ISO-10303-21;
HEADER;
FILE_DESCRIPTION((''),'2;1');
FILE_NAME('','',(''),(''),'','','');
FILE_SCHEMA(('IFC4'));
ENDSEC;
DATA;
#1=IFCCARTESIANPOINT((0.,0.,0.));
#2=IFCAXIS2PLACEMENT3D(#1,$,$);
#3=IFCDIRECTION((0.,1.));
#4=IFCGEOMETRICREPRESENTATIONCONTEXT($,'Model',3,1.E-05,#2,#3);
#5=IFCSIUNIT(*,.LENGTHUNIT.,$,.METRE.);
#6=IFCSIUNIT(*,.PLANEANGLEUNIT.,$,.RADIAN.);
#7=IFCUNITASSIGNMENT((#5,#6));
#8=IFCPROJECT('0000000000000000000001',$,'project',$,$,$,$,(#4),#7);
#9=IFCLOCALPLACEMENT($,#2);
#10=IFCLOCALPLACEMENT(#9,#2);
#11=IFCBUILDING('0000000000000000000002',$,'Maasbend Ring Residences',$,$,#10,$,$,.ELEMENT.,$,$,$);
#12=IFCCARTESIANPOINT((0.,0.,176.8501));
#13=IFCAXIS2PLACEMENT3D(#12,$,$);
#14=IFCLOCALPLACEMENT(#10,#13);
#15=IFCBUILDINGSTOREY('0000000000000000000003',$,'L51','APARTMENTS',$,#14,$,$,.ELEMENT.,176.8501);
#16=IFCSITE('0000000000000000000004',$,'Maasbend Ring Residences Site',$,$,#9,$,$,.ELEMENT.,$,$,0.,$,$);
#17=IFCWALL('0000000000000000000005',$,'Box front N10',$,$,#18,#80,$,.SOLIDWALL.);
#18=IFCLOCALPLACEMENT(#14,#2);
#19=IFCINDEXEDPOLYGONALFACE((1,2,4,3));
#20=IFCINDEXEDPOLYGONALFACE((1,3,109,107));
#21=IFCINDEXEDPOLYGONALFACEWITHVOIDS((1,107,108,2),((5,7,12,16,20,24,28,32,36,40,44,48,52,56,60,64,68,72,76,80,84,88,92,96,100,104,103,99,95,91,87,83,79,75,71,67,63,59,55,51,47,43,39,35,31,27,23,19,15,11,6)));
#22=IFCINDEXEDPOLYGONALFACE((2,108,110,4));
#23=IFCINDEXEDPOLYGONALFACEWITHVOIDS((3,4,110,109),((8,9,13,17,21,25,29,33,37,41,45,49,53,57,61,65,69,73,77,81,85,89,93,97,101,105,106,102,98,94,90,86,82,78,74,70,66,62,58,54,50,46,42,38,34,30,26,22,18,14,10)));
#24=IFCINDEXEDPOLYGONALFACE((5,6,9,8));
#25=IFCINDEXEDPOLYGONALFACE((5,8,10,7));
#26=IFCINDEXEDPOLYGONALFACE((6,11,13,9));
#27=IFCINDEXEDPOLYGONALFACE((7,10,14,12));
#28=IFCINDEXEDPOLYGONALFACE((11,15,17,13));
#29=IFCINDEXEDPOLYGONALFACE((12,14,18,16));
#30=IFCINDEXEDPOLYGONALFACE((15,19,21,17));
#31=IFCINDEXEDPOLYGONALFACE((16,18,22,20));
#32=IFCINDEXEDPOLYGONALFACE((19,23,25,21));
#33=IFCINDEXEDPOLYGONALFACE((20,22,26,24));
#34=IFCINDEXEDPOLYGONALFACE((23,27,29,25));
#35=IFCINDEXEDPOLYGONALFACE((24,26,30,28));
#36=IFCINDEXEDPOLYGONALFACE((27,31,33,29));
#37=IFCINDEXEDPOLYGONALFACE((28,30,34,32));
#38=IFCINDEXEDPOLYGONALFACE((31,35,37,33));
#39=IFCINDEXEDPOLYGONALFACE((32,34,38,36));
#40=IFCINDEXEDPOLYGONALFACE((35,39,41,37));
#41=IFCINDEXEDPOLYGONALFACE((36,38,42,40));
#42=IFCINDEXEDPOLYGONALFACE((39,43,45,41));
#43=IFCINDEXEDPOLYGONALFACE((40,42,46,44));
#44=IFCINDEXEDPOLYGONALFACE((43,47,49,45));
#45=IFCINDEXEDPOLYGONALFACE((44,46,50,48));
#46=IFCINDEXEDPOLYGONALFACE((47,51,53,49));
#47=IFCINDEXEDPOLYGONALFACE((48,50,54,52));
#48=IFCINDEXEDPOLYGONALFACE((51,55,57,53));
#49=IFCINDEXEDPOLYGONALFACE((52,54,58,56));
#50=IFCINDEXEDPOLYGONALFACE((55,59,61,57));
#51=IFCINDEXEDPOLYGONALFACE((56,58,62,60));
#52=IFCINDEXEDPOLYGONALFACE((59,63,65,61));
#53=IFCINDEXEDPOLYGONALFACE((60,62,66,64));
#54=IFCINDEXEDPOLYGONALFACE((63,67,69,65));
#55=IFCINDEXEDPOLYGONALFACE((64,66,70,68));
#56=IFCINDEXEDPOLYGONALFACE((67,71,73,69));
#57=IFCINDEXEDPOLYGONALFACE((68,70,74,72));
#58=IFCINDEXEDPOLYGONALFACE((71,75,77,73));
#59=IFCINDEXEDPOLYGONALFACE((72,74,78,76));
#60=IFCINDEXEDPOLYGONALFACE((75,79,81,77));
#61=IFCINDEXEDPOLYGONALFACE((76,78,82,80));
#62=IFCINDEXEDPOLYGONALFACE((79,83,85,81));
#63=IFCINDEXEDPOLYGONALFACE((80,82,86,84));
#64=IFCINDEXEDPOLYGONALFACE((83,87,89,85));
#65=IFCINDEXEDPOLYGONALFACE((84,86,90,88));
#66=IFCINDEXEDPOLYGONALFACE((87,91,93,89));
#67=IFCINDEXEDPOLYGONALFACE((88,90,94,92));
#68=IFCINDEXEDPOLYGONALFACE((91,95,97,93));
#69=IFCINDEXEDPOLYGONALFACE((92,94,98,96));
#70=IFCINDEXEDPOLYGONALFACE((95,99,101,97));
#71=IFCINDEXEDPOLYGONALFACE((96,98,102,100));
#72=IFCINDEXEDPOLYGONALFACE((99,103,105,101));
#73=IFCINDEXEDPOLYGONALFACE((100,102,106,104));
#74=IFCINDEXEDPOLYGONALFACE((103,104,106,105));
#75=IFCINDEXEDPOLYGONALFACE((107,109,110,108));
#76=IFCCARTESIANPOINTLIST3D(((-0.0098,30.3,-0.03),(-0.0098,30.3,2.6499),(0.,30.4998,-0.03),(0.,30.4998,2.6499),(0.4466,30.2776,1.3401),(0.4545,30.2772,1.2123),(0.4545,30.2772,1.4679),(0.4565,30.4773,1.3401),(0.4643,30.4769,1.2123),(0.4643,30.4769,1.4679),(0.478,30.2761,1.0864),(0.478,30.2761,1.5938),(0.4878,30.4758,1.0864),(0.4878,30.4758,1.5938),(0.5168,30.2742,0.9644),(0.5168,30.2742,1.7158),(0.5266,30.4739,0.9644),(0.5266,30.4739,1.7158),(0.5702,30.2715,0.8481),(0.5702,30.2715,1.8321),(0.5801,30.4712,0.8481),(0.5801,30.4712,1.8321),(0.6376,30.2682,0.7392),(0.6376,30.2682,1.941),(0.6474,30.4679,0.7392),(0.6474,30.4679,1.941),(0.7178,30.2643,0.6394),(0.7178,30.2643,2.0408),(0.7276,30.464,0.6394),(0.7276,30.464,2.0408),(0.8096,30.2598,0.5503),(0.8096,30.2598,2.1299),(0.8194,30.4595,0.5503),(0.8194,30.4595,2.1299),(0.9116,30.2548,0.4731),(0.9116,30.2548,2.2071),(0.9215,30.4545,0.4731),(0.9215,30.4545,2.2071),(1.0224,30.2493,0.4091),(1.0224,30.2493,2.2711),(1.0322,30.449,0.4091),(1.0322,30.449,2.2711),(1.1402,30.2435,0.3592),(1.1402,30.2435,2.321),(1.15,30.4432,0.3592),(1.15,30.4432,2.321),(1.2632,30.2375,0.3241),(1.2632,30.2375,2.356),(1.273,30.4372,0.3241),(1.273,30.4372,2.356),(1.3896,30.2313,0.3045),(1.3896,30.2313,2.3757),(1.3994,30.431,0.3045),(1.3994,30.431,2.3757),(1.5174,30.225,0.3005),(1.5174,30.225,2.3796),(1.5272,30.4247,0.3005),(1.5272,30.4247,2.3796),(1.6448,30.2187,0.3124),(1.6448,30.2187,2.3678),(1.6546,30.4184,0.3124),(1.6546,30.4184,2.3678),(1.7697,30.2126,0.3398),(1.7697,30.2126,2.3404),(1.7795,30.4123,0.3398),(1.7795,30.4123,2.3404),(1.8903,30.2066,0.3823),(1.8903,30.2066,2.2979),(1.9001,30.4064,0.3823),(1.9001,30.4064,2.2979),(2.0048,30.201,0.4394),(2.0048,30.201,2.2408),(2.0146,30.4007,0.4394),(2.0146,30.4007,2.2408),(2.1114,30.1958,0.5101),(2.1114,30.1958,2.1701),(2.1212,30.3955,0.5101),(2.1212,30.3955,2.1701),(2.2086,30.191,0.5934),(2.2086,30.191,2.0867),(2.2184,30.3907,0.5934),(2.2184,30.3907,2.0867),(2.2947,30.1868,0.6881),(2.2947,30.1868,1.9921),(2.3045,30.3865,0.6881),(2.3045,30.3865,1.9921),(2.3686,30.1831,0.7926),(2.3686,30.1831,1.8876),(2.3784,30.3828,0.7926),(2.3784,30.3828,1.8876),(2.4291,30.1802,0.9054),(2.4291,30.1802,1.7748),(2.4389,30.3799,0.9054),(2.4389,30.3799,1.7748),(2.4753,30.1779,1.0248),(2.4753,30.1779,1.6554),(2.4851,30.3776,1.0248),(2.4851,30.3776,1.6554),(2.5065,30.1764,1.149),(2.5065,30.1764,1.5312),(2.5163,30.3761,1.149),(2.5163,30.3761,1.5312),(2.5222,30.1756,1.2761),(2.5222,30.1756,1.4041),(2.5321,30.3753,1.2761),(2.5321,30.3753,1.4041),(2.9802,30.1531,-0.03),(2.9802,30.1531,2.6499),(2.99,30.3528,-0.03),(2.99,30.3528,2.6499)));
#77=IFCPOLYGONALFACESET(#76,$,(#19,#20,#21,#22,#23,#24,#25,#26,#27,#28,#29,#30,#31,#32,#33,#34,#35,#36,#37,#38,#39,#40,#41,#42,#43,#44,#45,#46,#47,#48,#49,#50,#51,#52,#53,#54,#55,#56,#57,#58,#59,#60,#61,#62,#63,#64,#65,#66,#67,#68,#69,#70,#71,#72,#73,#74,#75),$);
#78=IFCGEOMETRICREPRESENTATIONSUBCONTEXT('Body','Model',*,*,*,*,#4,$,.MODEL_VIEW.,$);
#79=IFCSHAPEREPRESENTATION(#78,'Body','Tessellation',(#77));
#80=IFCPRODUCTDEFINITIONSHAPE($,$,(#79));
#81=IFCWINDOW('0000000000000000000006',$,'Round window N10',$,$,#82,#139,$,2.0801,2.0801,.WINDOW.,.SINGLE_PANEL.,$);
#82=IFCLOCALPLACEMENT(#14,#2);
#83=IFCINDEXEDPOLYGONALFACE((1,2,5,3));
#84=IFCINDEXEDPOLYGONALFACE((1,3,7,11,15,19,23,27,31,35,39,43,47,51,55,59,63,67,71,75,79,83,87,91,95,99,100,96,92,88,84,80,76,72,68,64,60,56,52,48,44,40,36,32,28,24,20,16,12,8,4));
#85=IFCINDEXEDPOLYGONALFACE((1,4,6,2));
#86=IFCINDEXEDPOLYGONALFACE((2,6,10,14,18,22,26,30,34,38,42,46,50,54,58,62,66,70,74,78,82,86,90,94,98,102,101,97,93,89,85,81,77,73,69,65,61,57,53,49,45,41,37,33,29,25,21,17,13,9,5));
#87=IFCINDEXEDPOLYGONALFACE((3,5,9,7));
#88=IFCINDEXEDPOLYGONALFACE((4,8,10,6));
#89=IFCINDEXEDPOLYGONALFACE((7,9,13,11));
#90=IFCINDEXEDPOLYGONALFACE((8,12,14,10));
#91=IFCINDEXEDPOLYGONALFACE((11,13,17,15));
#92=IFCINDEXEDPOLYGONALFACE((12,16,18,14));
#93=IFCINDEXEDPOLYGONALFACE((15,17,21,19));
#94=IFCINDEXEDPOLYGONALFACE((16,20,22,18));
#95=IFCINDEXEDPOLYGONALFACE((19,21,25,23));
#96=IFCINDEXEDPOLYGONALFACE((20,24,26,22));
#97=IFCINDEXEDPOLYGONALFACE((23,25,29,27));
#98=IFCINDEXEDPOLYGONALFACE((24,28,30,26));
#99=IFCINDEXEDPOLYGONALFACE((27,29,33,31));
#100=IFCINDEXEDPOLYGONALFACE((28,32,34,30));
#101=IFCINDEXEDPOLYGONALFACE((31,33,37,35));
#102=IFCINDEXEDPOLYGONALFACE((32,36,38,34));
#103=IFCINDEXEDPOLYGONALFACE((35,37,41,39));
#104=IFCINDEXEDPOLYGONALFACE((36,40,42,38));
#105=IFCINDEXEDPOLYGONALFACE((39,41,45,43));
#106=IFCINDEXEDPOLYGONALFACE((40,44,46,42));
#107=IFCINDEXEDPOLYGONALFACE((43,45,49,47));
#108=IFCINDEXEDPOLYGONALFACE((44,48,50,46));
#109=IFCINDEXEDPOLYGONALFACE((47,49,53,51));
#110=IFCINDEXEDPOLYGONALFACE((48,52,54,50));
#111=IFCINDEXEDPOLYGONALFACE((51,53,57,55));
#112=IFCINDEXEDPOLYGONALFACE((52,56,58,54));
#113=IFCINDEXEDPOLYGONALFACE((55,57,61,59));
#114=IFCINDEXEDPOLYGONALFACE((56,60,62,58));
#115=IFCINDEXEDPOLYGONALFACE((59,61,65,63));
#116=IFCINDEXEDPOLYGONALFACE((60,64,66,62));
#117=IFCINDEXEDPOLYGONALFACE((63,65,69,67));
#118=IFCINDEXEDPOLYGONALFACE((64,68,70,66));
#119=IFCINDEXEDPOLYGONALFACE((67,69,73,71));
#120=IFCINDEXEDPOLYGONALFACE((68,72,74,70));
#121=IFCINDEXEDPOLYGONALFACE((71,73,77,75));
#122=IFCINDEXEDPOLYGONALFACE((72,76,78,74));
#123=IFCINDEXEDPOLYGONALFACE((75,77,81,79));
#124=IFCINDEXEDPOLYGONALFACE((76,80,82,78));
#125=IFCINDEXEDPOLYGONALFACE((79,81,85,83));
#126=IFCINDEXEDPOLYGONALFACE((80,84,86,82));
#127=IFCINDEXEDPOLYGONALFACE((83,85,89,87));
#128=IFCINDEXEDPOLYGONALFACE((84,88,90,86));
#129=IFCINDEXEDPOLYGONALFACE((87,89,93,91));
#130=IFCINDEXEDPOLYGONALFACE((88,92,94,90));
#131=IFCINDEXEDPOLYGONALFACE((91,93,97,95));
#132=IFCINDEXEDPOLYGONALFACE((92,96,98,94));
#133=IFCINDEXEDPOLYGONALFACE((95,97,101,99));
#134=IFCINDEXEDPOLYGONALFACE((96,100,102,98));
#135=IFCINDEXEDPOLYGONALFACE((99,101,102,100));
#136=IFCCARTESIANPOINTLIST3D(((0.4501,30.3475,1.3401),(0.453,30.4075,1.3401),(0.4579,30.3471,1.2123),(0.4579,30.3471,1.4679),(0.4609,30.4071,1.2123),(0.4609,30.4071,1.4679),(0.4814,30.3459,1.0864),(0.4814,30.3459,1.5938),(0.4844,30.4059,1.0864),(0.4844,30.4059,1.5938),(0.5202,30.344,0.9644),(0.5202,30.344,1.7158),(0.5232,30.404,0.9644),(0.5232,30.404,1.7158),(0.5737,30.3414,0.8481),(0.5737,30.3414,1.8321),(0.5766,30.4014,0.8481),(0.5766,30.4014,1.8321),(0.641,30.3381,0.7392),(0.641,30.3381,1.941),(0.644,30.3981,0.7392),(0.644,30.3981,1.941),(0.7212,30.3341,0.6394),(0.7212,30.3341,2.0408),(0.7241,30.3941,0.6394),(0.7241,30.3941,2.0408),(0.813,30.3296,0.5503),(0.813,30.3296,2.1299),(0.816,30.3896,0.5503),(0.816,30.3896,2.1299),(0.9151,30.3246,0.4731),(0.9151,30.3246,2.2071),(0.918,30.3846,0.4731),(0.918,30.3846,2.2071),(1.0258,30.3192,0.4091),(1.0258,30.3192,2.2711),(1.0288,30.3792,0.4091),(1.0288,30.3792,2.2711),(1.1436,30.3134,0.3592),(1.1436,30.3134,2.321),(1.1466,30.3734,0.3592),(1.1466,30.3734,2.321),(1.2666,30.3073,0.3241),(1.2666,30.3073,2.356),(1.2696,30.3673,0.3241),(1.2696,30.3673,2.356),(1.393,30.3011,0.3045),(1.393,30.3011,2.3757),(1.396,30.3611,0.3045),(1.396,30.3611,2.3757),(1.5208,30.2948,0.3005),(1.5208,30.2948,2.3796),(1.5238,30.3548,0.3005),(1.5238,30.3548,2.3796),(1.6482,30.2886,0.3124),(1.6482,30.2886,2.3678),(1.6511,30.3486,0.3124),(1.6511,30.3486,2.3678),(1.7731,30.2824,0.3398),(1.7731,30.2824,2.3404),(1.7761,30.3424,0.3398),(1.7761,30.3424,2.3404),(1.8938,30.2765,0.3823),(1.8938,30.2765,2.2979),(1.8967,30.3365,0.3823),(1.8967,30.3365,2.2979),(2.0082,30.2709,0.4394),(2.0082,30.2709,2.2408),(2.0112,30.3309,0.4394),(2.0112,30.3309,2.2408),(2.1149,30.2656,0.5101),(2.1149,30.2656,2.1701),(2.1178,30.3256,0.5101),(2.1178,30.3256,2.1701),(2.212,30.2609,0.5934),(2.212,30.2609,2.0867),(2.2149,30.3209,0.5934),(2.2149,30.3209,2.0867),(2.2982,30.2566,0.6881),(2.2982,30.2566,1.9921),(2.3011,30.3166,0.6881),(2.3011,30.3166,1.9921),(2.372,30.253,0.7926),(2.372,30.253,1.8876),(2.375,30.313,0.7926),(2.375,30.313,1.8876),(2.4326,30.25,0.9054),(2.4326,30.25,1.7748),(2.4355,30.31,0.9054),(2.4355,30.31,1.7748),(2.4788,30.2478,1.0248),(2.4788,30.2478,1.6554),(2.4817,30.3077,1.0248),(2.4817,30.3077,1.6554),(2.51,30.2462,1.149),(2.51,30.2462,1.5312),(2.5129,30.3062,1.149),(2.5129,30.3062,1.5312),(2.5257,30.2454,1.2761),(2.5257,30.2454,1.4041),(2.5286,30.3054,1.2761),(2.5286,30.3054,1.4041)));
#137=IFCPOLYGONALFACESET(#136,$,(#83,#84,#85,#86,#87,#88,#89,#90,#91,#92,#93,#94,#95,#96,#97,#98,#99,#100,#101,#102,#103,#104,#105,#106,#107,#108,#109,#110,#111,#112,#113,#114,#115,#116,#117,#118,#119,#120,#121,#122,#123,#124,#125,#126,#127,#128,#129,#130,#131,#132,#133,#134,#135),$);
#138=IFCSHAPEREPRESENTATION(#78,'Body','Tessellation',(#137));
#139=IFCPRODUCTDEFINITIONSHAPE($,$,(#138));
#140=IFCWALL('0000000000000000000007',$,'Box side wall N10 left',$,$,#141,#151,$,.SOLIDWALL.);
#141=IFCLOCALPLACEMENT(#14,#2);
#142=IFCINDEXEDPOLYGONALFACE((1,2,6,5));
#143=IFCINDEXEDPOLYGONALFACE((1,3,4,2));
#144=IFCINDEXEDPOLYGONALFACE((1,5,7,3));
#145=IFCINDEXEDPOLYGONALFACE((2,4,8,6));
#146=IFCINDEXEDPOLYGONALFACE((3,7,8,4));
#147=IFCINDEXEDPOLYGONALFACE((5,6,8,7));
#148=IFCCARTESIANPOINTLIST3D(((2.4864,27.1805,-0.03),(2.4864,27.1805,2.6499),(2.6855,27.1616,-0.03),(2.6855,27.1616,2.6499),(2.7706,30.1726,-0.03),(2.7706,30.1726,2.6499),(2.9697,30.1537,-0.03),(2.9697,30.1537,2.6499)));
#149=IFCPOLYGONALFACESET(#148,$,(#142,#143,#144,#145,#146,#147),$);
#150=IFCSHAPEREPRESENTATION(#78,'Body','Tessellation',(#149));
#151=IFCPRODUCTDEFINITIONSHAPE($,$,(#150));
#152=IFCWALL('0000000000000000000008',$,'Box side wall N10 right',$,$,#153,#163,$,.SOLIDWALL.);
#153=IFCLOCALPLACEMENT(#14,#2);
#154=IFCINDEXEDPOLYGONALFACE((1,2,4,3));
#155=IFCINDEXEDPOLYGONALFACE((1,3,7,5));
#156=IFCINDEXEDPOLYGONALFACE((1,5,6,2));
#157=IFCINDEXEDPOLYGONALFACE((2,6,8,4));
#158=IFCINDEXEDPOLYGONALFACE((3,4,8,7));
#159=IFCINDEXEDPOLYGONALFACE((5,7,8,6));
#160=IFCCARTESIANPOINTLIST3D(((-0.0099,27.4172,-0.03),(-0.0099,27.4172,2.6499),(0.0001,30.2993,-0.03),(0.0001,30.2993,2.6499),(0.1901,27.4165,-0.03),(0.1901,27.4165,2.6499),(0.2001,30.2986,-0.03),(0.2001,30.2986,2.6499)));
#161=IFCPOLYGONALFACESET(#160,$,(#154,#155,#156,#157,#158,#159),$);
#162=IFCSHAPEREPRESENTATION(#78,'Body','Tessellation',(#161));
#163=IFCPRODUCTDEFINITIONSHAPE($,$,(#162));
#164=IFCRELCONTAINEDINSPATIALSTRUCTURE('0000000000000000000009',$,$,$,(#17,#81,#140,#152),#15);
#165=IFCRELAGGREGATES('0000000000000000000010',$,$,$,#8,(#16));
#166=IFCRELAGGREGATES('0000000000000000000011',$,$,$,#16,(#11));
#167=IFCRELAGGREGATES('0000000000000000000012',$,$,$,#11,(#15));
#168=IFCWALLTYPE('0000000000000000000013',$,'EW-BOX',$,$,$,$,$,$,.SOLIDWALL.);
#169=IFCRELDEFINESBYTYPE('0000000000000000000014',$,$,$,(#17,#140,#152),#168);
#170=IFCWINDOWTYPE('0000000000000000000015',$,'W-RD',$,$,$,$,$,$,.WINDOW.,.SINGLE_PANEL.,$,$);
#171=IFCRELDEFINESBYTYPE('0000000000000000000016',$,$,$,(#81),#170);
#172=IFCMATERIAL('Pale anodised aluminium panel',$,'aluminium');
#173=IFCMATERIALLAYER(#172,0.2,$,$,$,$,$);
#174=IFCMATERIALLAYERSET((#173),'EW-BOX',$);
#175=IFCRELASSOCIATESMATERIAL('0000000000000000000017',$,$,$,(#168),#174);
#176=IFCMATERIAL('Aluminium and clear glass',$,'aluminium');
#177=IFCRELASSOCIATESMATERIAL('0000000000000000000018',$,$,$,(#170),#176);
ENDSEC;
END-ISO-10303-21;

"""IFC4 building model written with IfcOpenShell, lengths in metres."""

from ifc_helpers import new_model, si_unit, direction, frame, frame_2d, origin, place, context, subcontext, project, spatial, rectangle, circle, extrude, material, layer, layer_set, type_object, element, fill, save


model = new_model("IFC4")

# Units and contexts
model_context = context("Model", 3, precision=1e-05, world=origin(), true_north=direction((0.0, 1.0)))
body_context = subcontext(model_context, "Body", "Model", "MODEL_VIEW")
ifc_project = project(units=[si_unit("LENGTHUNIT", "METRE"), si_unit("PLANEANGLEUNIT", "RADIAN")], contexts=[model_context])

# Site, building, storey
site_placement = place(None, origin())
site = spatial("IfcSite", under=ifc_project, at=site_placement, Name="Maasbend Ring Residences Site", CompositionType="ELEMENT", RefElevation=0.0)
building_placement = place(site_placement, origin())
building = spatial("IfcBuilding", under=site, at=building_placement, Name="Maasbend Ring Residences", CompositionType="ELEMENT")
storey_placement = place(building_placement, frame((0.0, 0.0, 176.8501)))
storey = spatial("IfcBuildingStorey", under=building, at=storey_placement, Name="L51", Description="APARTMENTS", CompositionType="ELEMENT", Elevation=176.8501)

# Shared definitions
ifc_material_1 = material(Name="Pale anodised aluminium panel", Category="aluminium")
ifc_layer_1 = layer(ifc_material_1, 0.2)
ifc_layer_set_1 = layer_set([ifc_layer_1], Name="EW-BOX")
wall_type_1 = type_object("IfcWallType", Name="EW-BOX", PredefinedType="SOLIDWALL", material=ifc_layer_set_1)

# Shared definitions
ifc_material_2 = material(Name="Aluminium and clear glass", Category="aluminium")
window_type_1 = type_object("IfcWindowType", Name="W-RD", PartitioningType="SINGLE_PANEL", PredefinedType="WINDOW", material=ifc_material_2)

# Wall, opening, window
wall_1_placement = place(storey_placement, frame((2.9851, 30.2529, -0.03), z_axis=(0.0, 0.0, 1.0), x_axis=(-0.998794, 0.049096, 0.0)))
wall_1 = element("IfcWall", 1, at=wall_1_placement, inside=storey, type_object=wall_type_1, Name="Box front N10", PredefinedType="SOLIDWALL", context=body_context, shape_type="SweptSolid", body=[
    extrude(rectangle(XDim=2.9937, YDim=0.2, at=frame_2d((1.4968, 0.0))), origin(), (0.0, 0.0, 1.0), 2.6799),
])
opening_1_placement = place(wall_1_placement, frame((0.4565, 0.0, 0.3301)))
opening_1 = element("IfcOpeningElement", 2, at=opening_1_placement, cuts=wall_1, PredefinedType="OPENING", context=body_context, shape_type="SweptSolid", body=[
    extrude(circle(Radius=1.04, at=frame_2d((1.04, 1.04))), frame((0.0, 0.1099, 0.0), z_axis=(0.0, -1.0, 0.0), x_axis=(1.0, 0.0, 0.0)), (0.0, 0.0, 1.0), 0.22),
])
window_1_placement = place(opening_1_placement, origin())
window_1 = element("IfcWindow", 3, at=window_1_placement, inside=storey, type_object=window_type_1, Name="Round window N10", OverallHeight=2.0801, OverallWidth=2.0801, PartitioningType="SINGLE_PANEL", PredefinedType="WINDOW", context=body_context, shape_type="SweptSolid", body=[
    extrude(circle(Radius=1.04, at=frame_2d((1.04, 1.04))), frame((0.0, 0.03, 0.0), z_axis=(0.0, -1.0, 0.0), x_axis=(1.0, 0.0, 0.0)), (0.0, 0.0, 1.0), 0.0601),
])
fill(opening_1, window_1)

# Walls
wall_2_placement = place(storey_placement, frame((2.5859, 27.1709, -0.03), z_axis=(0.0, 0.0, 1.0), x_axis=(0.094548, 0.99552, 0.0)))
element("IfcWall", 4, at=wall_2_placement, inside=storey, type_object=wall_type_1, Name="Box side wall N10 left", PredefinedType="SOLIDWALL", context=body_context, shape_type="SweptSolid", body=[
    extrude(rectangle(XDim=3.0056, YDim=0.2, at=frame_2d((1.5029, 0.0))), origin(), (0.0, 0.0, 1.0), 2.6799),
])
wall_3_placement = place(storey_placement, frame((0.0901, 27.417, -0.03), z_axis=(0.0, 0.0, 1.0), x_axis=(0.003473, 0.999994, 0.0)))
element("IfcWall", 5, at=wall_3_placement, inside=storey, type_object=wall_type_1, Name="Box side wall N10 right", PredefinedType="SOLIDWALL", context=body_context, shape_type="SweptSolid", body=[
    extrude(rectangle(XDim=2.8821, YDim=0.2, at=frame_2d((1.4409, 0.0))), origin(), (0.0, 0.0, 1.0), 2.6799),
])

save(model, "model.ifc")
